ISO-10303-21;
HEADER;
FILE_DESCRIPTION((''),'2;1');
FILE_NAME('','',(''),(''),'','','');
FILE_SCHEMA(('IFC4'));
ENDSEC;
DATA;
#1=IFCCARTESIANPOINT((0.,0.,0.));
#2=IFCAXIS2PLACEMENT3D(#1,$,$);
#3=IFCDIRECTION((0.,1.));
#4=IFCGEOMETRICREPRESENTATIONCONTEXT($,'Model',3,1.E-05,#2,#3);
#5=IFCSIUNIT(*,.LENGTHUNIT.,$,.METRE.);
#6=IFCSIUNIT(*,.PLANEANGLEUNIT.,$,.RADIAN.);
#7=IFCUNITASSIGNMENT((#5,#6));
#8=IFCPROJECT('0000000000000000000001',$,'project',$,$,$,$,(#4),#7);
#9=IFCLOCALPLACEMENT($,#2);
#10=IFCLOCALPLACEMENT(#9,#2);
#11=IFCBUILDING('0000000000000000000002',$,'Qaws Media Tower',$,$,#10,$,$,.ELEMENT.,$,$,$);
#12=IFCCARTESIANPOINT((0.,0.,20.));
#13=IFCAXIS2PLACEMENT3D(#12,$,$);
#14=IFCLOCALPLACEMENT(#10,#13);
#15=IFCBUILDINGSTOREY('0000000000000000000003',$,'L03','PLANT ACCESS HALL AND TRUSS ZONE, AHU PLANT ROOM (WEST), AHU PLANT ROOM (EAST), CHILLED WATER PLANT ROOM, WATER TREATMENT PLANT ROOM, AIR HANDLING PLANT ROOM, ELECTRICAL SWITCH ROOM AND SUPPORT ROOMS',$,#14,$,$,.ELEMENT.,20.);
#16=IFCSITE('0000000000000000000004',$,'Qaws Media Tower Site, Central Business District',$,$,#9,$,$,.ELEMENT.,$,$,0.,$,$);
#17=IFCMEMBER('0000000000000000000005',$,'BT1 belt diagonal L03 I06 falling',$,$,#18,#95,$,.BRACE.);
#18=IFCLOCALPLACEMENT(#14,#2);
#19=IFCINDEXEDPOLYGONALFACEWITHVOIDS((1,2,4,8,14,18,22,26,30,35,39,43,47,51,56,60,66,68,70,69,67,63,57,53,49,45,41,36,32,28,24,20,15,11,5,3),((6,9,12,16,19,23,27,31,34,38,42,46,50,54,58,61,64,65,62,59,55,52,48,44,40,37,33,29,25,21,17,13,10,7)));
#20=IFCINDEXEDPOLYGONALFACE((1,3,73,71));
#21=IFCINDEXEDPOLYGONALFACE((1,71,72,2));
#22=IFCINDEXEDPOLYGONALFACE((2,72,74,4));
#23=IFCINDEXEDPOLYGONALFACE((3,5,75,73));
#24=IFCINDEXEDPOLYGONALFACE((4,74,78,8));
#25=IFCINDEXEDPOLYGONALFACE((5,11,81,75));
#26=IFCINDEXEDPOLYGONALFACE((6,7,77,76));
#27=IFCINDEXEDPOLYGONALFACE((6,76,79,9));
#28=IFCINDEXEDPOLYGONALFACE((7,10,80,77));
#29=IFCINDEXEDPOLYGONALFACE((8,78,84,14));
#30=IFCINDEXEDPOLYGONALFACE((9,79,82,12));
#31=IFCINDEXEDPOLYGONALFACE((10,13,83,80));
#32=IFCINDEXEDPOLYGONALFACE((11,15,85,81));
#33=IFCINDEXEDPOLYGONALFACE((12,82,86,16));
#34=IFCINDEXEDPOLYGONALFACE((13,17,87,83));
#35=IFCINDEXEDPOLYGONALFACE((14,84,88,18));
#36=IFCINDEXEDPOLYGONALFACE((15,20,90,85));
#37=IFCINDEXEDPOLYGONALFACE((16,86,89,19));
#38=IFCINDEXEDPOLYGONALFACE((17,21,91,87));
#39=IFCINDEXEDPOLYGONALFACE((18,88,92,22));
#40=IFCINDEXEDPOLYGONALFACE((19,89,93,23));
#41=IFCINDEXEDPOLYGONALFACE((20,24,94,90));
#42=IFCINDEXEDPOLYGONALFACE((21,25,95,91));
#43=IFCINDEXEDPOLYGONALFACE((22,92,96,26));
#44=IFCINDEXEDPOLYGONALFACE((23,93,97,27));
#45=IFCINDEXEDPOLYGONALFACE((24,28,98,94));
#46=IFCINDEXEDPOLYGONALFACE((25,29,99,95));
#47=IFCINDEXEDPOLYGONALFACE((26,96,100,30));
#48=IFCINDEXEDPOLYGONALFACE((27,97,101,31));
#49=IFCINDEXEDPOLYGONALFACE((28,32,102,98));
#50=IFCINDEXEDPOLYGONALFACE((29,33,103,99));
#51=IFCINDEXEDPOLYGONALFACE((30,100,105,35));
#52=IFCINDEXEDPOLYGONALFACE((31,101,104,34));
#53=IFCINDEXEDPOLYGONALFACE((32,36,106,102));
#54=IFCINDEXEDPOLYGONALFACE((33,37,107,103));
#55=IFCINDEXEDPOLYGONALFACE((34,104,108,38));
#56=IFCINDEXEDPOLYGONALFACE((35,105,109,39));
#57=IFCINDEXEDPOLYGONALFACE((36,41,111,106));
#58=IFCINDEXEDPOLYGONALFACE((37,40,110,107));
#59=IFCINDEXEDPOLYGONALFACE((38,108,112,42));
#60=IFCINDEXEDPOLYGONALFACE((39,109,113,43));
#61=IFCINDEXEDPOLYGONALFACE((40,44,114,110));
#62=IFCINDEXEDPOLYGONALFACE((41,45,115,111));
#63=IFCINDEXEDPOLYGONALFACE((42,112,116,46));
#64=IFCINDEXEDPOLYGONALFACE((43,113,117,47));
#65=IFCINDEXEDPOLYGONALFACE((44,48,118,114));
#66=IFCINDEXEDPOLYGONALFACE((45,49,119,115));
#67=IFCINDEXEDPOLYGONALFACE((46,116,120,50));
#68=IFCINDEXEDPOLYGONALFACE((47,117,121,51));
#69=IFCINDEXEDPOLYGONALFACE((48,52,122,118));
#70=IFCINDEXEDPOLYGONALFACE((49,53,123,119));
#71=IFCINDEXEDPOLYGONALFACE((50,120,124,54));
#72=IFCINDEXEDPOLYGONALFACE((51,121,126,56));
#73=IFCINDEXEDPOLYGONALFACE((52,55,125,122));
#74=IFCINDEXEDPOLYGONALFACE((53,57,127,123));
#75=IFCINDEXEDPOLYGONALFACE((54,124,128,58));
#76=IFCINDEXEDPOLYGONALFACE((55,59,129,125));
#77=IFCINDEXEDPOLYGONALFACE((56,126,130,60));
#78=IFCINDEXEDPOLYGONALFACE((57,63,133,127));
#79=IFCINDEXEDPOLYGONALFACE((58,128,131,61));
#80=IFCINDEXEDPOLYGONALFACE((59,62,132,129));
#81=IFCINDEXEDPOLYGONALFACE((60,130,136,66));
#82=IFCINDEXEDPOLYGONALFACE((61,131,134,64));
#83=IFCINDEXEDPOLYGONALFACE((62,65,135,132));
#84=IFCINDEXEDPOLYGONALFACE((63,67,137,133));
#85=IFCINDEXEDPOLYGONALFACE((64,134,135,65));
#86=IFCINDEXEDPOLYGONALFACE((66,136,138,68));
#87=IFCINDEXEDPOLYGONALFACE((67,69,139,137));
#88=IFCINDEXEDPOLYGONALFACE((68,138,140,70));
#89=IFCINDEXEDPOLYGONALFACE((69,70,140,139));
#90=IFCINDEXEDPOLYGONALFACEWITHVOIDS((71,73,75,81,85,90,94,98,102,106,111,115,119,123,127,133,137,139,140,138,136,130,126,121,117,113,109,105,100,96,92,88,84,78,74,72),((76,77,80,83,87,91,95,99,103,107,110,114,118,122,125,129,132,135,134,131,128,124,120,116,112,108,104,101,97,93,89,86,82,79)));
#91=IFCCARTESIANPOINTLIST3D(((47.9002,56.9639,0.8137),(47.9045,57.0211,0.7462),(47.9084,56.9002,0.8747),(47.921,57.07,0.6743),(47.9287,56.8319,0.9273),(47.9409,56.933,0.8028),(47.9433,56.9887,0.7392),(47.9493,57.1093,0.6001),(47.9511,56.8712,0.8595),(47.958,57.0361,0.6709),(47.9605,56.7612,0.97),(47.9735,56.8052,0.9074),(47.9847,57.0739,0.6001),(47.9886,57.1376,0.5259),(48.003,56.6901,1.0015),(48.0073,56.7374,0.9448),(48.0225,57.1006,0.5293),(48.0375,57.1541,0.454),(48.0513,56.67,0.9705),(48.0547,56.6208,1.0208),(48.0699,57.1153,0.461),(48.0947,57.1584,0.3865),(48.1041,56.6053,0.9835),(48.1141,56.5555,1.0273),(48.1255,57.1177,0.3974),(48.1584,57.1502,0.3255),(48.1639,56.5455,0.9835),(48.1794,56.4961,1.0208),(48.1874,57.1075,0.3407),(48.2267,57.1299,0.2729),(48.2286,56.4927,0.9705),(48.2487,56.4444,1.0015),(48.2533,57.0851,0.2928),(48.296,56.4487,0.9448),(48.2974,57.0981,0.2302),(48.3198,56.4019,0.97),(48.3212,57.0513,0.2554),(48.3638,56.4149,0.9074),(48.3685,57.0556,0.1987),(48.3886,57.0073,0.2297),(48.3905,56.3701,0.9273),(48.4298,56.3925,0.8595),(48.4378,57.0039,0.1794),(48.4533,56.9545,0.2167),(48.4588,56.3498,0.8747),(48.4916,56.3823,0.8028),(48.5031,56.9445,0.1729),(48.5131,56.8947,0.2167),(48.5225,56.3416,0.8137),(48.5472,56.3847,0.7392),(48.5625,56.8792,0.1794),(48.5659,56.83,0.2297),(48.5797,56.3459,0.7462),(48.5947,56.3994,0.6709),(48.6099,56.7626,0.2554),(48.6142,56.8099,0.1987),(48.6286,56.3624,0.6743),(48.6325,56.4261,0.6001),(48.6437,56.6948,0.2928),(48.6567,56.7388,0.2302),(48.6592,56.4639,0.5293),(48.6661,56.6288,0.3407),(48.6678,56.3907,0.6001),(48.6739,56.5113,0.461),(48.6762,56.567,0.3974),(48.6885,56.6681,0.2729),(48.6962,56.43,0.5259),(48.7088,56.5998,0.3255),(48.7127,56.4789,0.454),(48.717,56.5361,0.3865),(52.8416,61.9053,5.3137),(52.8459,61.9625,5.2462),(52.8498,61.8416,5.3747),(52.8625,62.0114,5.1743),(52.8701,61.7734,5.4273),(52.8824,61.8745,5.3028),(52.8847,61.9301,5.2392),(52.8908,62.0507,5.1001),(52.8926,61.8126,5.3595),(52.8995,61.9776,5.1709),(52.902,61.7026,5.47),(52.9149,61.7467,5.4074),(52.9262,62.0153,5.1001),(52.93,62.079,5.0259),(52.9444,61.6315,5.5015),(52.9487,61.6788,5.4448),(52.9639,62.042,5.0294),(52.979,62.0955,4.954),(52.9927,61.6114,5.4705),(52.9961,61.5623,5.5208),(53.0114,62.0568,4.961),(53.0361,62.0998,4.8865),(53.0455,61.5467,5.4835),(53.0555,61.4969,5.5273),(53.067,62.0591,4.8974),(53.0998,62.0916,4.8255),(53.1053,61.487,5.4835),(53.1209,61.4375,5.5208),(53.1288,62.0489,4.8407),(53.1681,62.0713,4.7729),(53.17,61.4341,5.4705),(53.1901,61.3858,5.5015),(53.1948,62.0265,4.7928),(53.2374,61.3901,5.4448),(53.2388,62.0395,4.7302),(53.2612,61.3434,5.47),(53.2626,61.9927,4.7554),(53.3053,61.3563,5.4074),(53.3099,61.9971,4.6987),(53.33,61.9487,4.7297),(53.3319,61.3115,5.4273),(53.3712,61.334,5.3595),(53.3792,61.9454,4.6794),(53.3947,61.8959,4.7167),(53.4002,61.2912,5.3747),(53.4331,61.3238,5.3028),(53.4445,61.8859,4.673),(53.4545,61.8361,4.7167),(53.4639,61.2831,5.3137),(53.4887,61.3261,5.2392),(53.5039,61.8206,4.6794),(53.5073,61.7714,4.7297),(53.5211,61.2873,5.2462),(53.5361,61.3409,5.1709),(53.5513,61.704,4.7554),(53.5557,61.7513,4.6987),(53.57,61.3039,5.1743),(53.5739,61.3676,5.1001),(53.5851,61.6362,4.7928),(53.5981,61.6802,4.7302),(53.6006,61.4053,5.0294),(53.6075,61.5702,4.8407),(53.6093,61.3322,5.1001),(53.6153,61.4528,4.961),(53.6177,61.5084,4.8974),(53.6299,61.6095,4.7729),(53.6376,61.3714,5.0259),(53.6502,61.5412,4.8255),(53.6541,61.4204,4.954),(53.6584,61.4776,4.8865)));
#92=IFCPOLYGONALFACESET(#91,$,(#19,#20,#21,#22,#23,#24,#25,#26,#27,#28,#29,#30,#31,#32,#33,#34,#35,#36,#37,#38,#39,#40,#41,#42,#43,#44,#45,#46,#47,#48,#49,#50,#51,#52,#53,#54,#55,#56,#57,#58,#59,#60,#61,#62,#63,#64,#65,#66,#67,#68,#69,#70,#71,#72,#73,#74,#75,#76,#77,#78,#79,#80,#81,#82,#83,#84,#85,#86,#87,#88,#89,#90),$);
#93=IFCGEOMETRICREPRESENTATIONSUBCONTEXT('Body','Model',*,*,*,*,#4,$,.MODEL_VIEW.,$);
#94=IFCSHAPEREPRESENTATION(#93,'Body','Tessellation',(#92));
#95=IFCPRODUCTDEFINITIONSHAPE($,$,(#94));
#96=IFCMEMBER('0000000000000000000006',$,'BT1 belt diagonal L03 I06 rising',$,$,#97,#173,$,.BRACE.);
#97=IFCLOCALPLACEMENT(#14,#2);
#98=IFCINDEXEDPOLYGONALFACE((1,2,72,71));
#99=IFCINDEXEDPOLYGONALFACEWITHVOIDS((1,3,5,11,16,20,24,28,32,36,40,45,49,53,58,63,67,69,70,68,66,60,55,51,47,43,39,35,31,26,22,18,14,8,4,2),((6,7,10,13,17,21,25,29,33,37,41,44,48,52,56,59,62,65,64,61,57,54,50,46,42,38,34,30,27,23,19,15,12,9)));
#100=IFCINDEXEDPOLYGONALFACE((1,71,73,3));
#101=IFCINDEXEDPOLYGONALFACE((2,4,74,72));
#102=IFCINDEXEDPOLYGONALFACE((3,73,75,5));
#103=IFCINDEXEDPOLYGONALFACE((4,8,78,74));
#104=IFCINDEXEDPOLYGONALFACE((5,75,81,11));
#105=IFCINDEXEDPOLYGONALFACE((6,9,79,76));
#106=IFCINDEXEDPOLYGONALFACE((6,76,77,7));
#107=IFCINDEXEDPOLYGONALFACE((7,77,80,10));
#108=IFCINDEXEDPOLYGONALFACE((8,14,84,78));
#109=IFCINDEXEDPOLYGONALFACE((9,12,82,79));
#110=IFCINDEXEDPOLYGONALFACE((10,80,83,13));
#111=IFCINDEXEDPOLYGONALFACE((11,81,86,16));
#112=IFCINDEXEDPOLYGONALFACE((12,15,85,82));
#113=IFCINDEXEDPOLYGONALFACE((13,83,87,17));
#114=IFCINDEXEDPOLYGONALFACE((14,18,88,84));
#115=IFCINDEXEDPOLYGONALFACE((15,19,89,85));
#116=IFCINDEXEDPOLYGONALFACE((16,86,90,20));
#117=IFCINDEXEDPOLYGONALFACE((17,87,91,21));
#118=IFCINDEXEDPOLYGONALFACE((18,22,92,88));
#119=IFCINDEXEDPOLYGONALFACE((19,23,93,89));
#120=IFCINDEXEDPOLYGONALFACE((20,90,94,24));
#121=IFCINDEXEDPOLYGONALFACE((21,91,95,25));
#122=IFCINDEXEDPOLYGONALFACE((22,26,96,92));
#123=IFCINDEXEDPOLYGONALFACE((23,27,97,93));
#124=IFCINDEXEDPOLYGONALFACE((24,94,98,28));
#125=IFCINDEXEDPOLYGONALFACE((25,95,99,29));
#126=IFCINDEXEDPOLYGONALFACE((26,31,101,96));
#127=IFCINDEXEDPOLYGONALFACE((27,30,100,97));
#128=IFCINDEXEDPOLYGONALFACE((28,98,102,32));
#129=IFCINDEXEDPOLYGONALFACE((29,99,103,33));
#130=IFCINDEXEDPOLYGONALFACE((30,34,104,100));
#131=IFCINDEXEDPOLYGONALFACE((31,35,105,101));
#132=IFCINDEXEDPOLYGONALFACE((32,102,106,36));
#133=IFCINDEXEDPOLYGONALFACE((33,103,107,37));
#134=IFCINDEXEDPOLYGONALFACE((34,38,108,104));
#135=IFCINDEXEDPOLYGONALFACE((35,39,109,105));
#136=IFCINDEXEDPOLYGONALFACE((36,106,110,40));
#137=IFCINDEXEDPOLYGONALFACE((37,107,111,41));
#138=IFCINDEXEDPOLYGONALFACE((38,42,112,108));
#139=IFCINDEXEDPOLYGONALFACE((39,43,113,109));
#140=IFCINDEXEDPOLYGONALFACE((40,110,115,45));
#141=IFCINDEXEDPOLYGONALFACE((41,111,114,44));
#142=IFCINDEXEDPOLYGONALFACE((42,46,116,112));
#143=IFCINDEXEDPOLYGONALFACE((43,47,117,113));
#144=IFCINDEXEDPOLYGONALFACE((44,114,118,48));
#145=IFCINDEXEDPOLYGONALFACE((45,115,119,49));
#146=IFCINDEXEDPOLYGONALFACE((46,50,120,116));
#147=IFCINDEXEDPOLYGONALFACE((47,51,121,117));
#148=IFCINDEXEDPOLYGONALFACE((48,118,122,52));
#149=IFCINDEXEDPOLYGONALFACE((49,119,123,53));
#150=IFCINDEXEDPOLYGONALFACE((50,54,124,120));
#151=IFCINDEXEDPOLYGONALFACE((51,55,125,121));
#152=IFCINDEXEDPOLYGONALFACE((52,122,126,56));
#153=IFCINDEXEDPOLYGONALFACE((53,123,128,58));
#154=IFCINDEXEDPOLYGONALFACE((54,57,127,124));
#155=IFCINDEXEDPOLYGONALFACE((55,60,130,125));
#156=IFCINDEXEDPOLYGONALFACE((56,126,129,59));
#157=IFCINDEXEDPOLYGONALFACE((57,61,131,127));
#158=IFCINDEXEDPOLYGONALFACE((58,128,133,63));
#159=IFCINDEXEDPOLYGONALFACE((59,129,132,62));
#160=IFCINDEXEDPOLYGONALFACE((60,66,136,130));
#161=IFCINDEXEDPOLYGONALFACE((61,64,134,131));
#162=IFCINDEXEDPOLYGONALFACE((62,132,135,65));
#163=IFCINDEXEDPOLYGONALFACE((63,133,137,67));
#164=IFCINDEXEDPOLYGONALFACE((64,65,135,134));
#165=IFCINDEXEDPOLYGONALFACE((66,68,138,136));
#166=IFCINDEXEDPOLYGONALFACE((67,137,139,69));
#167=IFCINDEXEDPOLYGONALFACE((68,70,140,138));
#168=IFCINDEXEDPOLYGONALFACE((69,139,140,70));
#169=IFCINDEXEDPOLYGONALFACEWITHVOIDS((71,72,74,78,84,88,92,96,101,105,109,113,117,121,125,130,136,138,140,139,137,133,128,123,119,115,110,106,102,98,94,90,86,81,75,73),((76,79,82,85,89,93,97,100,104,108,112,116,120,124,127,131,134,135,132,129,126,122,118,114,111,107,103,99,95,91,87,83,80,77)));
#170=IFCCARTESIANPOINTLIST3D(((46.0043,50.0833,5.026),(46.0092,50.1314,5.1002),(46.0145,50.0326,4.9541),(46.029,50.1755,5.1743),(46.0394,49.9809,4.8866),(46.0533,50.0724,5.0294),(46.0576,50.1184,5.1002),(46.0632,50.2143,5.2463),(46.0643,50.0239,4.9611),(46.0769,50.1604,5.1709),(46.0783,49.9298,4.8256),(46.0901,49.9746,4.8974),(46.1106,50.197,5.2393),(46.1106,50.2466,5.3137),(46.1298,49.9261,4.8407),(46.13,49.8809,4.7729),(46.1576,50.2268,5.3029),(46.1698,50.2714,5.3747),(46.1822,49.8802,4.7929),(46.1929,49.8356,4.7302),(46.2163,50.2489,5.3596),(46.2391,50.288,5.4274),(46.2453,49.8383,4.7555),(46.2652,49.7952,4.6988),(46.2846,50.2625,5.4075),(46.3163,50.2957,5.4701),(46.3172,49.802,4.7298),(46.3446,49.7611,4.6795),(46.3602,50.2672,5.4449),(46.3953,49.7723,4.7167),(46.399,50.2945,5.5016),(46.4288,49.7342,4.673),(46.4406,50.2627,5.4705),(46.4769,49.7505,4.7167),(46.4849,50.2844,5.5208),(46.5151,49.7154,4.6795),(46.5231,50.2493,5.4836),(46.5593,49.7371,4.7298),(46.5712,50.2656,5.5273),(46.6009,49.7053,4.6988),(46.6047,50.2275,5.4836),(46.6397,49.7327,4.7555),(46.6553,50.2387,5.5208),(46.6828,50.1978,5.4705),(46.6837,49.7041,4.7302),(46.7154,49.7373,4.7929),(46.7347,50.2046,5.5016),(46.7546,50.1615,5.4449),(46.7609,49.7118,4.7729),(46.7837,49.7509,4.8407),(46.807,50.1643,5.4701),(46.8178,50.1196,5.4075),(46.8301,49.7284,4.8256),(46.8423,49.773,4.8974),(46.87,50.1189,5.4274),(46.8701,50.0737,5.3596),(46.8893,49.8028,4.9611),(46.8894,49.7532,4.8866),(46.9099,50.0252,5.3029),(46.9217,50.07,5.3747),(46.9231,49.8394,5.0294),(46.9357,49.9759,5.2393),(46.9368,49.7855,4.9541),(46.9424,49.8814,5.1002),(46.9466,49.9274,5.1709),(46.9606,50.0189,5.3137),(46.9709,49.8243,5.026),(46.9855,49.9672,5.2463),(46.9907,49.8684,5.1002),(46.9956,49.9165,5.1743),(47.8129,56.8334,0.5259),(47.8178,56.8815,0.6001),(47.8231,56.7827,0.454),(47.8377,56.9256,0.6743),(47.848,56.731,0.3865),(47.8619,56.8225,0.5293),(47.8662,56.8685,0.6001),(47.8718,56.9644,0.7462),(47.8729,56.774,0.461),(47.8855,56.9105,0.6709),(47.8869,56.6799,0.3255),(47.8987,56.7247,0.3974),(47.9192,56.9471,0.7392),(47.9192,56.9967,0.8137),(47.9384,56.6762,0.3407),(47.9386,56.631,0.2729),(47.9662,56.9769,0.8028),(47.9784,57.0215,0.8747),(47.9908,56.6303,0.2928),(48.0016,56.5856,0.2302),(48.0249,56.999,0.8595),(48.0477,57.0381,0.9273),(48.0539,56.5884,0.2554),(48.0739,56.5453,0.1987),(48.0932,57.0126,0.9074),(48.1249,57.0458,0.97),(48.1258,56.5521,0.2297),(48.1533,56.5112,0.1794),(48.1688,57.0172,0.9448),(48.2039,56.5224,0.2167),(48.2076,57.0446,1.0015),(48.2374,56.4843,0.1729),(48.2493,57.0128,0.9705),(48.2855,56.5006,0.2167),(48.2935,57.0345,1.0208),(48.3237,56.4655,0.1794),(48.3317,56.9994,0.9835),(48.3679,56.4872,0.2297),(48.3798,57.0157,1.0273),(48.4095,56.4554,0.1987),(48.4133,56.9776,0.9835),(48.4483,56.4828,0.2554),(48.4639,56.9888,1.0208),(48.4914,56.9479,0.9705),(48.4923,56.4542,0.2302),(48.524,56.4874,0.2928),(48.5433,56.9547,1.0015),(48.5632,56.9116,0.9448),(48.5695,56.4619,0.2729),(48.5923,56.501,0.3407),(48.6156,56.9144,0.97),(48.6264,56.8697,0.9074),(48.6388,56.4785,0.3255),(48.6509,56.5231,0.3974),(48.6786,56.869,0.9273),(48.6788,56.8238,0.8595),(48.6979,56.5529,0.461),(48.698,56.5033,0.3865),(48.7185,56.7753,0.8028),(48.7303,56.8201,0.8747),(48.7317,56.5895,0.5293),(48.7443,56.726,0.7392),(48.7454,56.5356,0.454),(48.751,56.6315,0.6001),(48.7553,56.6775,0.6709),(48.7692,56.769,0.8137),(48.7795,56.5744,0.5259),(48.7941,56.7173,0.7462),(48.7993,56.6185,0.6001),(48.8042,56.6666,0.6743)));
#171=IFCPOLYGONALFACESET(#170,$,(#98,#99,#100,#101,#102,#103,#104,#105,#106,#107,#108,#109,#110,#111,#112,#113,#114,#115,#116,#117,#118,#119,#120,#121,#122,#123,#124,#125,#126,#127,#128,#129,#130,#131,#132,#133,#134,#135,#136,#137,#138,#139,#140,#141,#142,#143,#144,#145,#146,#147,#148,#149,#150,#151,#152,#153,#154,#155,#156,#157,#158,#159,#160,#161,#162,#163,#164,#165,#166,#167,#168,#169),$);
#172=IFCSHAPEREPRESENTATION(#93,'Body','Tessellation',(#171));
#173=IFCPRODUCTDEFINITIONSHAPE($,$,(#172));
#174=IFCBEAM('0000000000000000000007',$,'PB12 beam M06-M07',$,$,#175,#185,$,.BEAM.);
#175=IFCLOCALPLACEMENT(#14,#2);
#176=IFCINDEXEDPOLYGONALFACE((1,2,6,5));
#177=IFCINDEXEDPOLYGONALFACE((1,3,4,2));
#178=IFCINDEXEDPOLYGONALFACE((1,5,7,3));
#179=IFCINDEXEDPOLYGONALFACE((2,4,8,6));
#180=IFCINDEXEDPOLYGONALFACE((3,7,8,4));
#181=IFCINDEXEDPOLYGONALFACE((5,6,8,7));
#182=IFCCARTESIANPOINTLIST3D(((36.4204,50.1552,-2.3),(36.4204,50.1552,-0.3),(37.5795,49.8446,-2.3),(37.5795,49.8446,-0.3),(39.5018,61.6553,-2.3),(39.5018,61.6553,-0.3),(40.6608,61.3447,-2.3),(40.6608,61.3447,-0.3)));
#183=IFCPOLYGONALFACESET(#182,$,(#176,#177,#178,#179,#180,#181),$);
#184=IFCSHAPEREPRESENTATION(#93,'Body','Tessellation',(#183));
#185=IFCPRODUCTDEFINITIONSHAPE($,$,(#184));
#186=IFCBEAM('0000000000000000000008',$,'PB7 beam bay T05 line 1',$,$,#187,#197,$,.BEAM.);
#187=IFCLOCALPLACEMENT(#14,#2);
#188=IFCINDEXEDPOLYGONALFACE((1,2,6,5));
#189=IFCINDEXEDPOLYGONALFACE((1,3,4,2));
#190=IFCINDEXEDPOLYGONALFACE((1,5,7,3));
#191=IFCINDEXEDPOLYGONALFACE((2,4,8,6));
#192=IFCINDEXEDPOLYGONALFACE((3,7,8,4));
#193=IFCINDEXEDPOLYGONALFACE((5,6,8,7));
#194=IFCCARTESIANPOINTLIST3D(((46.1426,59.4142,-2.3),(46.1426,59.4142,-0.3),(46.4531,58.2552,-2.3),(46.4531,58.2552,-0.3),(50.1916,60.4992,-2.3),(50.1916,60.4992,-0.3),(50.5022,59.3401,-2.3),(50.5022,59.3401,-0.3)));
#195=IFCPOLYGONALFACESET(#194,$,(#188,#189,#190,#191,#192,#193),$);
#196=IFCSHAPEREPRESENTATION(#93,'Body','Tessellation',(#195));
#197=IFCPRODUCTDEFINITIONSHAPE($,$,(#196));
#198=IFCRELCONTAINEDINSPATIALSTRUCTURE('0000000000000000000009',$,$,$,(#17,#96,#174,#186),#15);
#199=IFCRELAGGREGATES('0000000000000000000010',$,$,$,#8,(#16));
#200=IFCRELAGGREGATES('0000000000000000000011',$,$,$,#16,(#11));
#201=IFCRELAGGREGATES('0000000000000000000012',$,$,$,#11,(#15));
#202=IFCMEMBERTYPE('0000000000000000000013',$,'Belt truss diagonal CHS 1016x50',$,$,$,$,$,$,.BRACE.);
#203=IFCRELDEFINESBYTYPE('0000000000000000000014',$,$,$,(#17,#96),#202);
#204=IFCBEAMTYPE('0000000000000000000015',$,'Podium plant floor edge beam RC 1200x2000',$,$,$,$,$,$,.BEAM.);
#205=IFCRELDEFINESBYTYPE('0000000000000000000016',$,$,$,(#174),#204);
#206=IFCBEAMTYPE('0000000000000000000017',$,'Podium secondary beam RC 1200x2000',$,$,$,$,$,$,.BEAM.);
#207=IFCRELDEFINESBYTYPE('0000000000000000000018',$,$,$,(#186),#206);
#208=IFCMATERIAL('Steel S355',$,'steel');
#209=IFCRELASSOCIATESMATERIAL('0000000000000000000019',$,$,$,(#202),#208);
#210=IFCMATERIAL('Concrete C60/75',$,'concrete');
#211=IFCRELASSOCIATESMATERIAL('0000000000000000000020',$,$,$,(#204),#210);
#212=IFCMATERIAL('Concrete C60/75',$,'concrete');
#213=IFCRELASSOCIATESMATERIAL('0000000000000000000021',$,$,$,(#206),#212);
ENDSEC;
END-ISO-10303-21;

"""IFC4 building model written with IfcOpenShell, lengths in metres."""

from ifc_helpers import new_model, si_unit, direction, frame, origin, origin_2d, place, context, subcontext, project, spatial, rectangle, hollow_circle, extrude, material, material_profile, profile_set, type_object, element, save


model = new_model("IFC4")

# Units and contexts
model_context = context("Model", 3, precision=1e-05, world=origin(), true_north=direction((0.0, 1.0)))
body_context = subcontext(model_context, "Body", "Model", "MODEL_VIEW")
ifc_project = project(units=[si_unit("LENGTHUNIT", "METRE"), si_unit("PLANEANGLEUNIT", "RADIAN")], contexts=[model_context])

# Site, building, storey
site_placement = place(None, origin())
site = spatial("IfcSite", under=ifc_project, at=site_placement, Name="Qaws Media Tower Site, Central Business District", CompositionType="ELEMENT", RefElevation=0.0)
building_placement = place(site_placement, origin())
building = spatial("IfcBuilding", under=site, at=building_placement, Name="Qaws Media Tower", CompositionType="ELEMENT")
storey_placement = place(building_placement, frame((0.0, 0.0, 20.0)))
storey = spatial("IfcBuildingStorey", under=building, at=storey_placement, Name="L03", Description="PLANT ACCESS HALL AND TRUSS ZONE, AHU PLANT ROOM (WEST), AHU PLANT ROOM (EAST), CHILLED WATER PLANT ROOM, WATER TREATMENT PLANT ROOM, AIR HANDLING PLANT ROOM, ELECTRICAL SWITCH ROOM AND SUPPORT ROOMS", CompositionType="ELEMENT", Elevation=20.0)

# Members
ifc_material_1 = material(Name="Steel S355", Category="steel")
ifc_material_profile_1 = material_profile(ifc_material_1, hollow_circle(Radius=0.5081, WallThickness=0.05, at=origin_2d()), Name="CHS 1016x50")
ifc_profile_set_1 = profile_set([ifc_material_profile_1], Name="Steel S355")
member_type = type_object("IfcMemberType", Name="Belt truss diagonal CHS 1016x50", PredefinedType="BRACE", material=ifc_profile_set_1)
for number, where, z_axis, x_axis, name in (
    (1, (48.3086, 56.75, 0.6001), (0.594509, 0.594509, 0.541403), (-0.707107, 0.707107, 0.0), "BT1 belt diagonal L03 I06 falling"),
    (2, (48.3086, 56.75, 0.6001), (-0.217597, -0.812113, 0.541409), (0.965928, -0.258811, 0.0), "BT1 belt diagonal L03 I06 rising"),
):
    element("IfcMember", number, at=place(storey_placement, frame(where, z_axis=z_axis, x_axis=x_axis)), inside=storey, type_object=member_type, Name=name, PredefinedType="BRACE", context=body_context, shape_type="SweptSolid", body=[
        extrude(hollow_circle(Radius=0.5081, WallThickness=0.05, at=origin_2d()), origin(), (0.0, 0.0, 1.0), 8.3118),
    ])

# Beams
ifc_material_2 = material(Name="Concrete C60/75", Category="concrete")
ifc_material_profile_2 = material_profile(ifc_material_2, rectangle(XDim=1.2, YDim=2.0, at=origin_2d()), Name="RC 1200x2000")
ifc_profile_set_2 = profile_set([ifc_material_profile_2], Name="Concrete C60/75")
beam_type_1 = type_object("IfcBeamType", Name="Podium plant floor edge beam RC 1200x2000", PredefinedType="BEAM", material=ifc_profile_set_2)
beam_1_placement = place(storey_placement, frame((40.0813, 61.5, -1.3), z_axis=(-0.25881, -0.965928, 0.0), x_axis=(0.965928, -0.25881, 0.0)))
element("IfcBeam", 3, at=beam_1_placement, inside=storey, type_object=beam_type_1, Name="PB12 beam M06-M07", PredefinedType="BEAM", context=body_context, shape_type="SweptSolid", body=[
    extrude(rectangle(XDim=1.2, YDim=2.0, at=origin_2d()), origin(), (0.0, 0.0, 1.0), 11.9058),
])
ifc_material_3 = material(Name="Concrete C60/75", Category="concrete")
ifc_material_profile_3 = material_profile(ifc_material_3, rectangle(XDim=1.2, YDim=2.0, at=origin_2d()), Name="RC 1200x2000")
ifc_profile_set_3 = profile_set([ifc_material_profile_3], Name="Concrete C60/75")
beam_type_2 = type_object("IfcBeamType", Name="Podium secondary beam RC 1200x2000", PredefinedType="BEAM", material=ifc_profile_set_3)
beam_2_placement = place(storey_placement, frame((46.2979, 58.8347, -1.3), z_axis=(0.965925, 0.258822, 0.0), x_axis=(-0.258822, 0.965925, 0.0)))
element("IfcBeam", 4, at=beam_2_placement, inside=storey, type_object=beam_type_2, Name="PB7 beam bay T05 line 1", PredefinedType="BEAM", context=body_context, shape_type="SweptSolid", body=[
    extrude(rectangle(XDim=1.2, YDim=2.0, at=origin_2d()), origin(), (0.0, 0.0, 1.0), 4.1919),
])

save(model, "model.ifc")
